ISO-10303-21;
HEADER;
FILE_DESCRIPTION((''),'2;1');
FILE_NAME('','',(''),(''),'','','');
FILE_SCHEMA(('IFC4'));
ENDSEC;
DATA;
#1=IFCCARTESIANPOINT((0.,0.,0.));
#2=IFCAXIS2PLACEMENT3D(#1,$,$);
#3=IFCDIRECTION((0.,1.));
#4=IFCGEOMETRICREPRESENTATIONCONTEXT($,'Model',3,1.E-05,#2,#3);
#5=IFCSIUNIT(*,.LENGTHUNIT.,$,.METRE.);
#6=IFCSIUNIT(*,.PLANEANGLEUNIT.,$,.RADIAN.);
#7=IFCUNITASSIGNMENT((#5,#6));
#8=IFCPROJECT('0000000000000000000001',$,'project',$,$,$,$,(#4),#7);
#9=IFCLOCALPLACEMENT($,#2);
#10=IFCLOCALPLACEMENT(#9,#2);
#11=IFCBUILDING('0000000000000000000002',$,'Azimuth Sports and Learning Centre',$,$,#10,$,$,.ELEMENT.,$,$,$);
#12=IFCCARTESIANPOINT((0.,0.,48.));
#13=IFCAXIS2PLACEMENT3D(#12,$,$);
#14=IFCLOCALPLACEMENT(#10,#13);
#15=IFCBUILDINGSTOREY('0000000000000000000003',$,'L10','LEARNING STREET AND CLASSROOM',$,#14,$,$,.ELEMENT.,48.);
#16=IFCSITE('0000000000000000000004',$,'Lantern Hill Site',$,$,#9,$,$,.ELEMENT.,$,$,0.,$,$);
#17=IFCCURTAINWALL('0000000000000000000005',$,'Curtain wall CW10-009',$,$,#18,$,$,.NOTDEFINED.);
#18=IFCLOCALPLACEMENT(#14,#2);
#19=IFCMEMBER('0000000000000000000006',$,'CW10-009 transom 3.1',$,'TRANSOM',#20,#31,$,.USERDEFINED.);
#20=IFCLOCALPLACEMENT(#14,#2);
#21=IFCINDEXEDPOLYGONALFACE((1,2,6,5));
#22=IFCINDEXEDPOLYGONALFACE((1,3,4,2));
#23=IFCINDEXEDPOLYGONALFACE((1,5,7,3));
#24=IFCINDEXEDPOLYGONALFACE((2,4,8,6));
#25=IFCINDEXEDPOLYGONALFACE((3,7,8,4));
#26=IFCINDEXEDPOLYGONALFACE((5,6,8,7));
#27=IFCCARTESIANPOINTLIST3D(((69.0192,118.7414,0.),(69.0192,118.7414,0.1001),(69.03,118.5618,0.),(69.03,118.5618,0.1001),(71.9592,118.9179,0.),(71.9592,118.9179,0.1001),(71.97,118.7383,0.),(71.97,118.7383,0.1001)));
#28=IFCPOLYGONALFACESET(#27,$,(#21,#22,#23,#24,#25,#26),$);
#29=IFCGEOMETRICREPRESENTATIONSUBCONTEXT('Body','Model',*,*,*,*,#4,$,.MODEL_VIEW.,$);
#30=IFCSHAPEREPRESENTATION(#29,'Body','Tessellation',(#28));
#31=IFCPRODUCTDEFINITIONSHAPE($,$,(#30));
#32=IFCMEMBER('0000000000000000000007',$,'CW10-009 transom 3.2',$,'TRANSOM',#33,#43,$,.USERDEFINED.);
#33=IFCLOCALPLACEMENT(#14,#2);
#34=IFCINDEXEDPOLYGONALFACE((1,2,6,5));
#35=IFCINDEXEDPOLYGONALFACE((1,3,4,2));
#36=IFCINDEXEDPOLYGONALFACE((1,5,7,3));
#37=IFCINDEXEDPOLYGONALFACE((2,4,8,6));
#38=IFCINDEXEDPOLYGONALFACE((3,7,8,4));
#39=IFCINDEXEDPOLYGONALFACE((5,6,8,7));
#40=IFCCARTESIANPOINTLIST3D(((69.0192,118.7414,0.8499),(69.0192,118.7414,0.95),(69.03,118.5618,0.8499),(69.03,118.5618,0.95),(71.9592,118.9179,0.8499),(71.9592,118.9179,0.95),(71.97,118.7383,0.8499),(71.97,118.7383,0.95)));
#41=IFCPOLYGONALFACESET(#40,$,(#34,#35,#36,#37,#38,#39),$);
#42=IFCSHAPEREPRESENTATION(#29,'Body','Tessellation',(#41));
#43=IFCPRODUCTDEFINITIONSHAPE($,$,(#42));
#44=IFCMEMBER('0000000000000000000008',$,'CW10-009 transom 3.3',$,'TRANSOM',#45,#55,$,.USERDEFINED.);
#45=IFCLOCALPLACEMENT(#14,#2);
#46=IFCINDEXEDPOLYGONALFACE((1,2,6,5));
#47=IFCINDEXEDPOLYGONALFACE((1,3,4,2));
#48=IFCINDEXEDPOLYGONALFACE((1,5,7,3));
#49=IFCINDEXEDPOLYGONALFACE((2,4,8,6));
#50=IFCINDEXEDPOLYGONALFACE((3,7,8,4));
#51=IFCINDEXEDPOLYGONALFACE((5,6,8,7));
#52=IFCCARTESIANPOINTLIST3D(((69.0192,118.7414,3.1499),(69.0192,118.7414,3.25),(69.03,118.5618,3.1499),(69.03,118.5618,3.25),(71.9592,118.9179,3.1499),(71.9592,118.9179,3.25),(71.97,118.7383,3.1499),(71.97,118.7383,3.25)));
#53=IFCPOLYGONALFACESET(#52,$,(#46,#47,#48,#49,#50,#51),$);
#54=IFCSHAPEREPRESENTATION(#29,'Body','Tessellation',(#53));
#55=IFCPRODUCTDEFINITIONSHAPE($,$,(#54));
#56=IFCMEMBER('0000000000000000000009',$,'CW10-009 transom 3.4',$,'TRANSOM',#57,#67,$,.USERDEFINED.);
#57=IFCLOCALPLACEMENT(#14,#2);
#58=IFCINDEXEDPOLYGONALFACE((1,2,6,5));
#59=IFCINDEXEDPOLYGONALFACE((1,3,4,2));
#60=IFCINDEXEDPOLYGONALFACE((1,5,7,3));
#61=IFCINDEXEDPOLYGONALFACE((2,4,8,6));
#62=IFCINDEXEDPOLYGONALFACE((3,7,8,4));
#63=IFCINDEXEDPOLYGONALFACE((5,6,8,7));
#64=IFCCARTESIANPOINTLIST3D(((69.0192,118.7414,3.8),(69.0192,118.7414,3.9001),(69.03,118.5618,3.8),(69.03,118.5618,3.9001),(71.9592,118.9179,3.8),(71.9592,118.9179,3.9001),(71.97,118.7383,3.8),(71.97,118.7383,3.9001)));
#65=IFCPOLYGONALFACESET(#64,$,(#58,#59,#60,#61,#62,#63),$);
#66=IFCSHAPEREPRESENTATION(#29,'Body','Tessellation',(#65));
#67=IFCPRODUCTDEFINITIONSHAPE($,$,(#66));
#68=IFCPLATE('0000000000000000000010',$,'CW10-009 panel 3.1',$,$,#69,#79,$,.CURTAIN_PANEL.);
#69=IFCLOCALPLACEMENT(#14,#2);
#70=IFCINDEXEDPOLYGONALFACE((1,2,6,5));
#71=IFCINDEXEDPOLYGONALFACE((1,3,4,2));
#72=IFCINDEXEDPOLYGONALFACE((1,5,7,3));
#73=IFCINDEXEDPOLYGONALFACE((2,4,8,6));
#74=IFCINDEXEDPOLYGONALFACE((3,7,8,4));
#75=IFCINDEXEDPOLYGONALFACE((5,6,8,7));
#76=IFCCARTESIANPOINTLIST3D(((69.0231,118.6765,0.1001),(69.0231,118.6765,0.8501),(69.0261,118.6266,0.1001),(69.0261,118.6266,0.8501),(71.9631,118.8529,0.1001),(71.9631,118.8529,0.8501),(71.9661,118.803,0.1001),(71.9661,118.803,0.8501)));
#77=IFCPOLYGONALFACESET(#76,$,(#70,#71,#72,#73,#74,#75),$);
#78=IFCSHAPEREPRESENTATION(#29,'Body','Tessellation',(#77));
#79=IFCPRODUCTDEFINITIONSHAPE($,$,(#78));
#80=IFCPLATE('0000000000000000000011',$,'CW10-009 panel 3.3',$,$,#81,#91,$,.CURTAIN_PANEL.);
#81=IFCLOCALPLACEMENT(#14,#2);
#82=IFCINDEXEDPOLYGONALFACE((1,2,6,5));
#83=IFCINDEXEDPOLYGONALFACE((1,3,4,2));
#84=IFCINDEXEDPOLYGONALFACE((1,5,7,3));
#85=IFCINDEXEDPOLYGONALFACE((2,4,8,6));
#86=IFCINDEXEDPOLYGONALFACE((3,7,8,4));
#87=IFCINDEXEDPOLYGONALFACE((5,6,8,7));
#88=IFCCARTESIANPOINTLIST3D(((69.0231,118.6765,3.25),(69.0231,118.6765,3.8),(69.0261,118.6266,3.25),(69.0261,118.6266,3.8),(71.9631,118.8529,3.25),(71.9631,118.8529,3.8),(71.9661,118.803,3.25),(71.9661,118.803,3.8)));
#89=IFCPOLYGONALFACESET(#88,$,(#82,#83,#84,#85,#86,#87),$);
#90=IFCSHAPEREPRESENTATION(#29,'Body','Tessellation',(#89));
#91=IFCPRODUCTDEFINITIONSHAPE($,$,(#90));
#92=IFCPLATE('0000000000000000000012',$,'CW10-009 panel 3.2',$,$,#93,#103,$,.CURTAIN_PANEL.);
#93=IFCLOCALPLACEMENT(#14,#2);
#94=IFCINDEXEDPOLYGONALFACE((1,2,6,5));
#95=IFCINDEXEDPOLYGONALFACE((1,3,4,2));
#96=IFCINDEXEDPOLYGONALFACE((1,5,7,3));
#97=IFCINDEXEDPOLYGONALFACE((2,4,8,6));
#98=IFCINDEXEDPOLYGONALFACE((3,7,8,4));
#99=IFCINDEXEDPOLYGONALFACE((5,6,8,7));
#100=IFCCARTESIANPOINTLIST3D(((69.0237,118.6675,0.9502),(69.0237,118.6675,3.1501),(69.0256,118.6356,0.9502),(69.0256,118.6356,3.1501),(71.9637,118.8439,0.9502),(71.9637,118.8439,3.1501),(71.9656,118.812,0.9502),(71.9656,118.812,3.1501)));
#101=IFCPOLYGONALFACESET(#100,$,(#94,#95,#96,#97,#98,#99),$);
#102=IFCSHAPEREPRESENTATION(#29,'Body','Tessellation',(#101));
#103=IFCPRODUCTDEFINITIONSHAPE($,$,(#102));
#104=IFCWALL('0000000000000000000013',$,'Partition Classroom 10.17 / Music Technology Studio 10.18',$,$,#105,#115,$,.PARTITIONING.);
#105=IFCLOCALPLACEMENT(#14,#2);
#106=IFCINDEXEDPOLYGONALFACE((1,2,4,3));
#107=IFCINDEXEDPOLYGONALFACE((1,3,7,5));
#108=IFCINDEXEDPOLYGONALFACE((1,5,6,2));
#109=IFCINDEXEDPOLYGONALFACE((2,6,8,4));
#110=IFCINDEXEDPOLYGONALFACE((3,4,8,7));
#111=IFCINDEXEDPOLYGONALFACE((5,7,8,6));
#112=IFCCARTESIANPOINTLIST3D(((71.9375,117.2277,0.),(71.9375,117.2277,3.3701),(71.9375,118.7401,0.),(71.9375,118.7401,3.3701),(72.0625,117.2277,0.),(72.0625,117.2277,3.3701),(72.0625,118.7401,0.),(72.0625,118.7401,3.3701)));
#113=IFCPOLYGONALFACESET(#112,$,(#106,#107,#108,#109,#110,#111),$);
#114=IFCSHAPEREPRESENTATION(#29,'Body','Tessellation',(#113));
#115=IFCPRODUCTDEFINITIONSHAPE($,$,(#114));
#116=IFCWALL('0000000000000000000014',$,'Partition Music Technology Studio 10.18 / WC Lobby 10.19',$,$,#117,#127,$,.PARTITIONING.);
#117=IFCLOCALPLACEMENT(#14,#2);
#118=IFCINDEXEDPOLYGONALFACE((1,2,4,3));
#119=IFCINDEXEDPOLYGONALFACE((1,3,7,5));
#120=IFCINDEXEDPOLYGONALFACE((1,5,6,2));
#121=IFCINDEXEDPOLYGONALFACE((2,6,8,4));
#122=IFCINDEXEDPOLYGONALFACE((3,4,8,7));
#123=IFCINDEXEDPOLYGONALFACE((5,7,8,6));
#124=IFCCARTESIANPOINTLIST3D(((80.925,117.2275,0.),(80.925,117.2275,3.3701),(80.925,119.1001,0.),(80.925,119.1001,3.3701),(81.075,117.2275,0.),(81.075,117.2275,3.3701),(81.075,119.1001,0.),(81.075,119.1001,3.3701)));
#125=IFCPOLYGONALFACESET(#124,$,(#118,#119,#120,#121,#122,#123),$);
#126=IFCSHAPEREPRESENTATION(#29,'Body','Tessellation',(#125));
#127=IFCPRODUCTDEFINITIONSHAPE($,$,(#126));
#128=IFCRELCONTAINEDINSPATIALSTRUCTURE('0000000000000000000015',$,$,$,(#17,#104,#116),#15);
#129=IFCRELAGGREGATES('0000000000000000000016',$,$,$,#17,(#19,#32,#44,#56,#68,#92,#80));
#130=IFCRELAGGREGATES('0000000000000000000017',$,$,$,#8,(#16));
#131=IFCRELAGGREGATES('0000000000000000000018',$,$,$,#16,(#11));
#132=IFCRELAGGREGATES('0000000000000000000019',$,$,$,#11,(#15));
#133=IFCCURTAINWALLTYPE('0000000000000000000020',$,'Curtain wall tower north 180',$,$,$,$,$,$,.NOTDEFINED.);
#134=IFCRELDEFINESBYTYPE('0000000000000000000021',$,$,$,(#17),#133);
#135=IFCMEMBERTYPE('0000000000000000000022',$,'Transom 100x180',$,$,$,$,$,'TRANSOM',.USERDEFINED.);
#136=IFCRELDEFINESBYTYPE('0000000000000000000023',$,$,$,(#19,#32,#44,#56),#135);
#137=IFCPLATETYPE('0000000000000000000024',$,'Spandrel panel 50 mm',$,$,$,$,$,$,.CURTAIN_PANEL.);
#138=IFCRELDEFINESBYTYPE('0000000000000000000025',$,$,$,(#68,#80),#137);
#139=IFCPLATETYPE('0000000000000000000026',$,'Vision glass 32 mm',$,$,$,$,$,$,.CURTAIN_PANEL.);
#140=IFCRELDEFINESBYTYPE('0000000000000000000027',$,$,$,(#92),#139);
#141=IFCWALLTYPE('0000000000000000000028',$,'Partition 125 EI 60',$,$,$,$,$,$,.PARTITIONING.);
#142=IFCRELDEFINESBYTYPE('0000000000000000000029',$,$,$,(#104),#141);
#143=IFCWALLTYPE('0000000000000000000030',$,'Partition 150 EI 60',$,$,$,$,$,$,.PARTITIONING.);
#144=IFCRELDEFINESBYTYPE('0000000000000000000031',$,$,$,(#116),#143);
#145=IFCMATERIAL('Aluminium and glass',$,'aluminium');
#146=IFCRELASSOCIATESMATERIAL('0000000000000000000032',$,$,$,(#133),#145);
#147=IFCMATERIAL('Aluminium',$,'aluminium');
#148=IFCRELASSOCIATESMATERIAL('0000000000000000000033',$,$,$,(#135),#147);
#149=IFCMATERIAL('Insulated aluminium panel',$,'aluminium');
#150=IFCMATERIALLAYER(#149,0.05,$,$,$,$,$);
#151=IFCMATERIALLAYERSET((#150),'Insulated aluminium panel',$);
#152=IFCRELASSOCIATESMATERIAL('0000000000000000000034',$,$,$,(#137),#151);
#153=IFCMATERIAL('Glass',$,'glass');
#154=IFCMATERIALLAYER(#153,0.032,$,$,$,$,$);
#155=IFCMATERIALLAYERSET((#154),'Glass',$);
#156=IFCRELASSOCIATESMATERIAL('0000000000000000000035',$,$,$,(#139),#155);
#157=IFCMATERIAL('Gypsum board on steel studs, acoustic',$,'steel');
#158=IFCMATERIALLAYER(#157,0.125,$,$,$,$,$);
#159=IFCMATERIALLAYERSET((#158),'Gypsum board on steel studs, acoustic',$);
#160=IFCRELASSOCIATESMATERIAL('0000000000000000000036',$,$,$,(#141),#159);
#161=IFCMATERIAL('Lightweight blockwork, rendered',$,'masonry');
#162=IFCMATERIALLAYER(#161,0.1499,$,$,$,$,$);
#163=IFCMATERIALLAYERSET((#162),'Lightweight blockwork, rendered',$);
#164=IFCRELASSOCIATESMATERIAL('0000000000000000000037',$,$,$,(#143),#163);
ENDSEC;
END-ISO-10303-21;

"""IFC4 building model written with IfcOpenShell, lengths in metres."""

from ifc_helpers import new_model, si_unit, direction, frame, frame_2d, origin, origin_2d, place, context, subcontext, project, spatial, rectangle, extrude, material, layer, layer_set, material_profile, profile_set, type_object, element, aggregate, save


model = new_model("IFC4")

# Units and contexts
model_context = context("Model", 3, precision=1e-05, world=origin(), true_north=direction((0.0, 1.0)))
body_context = subcontext(model_context, "Body", "Model", "MODEL_VIEW")
ifc_project = project(units=[si_unit("LENGTHUNIT", "METRE"), si_unit("PLANEANGLEUNIT", "RADIAN")], contexts=[model_context])

# Site, building, storey
site_placement = place(None, origin())
site = spatial("IfcSite", under=ifc_project, at=site_placement, Name="Lantern Hill Site", CompositionType="ELEMENT", RefElevation=0.0)
building_placement = place(site_placement, origin())
building = spatial("IfcBuilding", under=site, at=building_placement, Name="Azimuth Sports and Learning Centre", CompositionType="ELEMENT")
storey_placement = place(building_placement, frame((0.0, 0.0, 48.0)))
storey = spatial("IfcBuildingStorey", under=building, at=storey_placement, Name="L10", Description="LEARNING STREET AND CLASSROOM", CompositionType="ELEMENT", Elevation=48.0)

# Curtain wall, members, plates
ifc_material_1 = material(Name="Aluminium and glass", Category="aluminium")
curtain_wall_type = type_object("IfcCurtainWallType", Name="Curtain wall tower north 180", PredefinedType="NOTDEFINED", material=ifc_material_1)
curtain_wall_placement = place(storey_placement, origin())
curtain_wall = element("IfcCurtainWall", 1, at=curtain_wall_placement, inside=storey, type_object=curtain_wall_type, Name="Curtain wall CW10-009", PredefinedType="NOTDEFINED")
ifc_material_2 = material(Name="Aluminium", Category="aluminium")
ifc_material_profile_1 = material_profile(ifc_material_2, rectangle(XDim=0.1799, YDim=0.1001, at=origin_2d()), Name="Transom 100x180")
ifc_profile_set_1 = profile_set([ifc_material_profile_1], Name="Aluminium")
member_type = type_object("IfcMemberType", Name="Transom 100x180", ElementType="TRANSOM", PredefinedType="USERDEFINED", material=ifc_profile_set_1)
member_1_placement = place(storey_placement, frame((71.9646, 118.8281, 0.05), z_axis=(-0.998202, -0.059932, 0.0), x_axis=(0.059932, -0.998202, 0.0)))
member_1 = element("IfcMember", 2, at=member_1_placement, type_object=member_type, Name="CW10-009 transom 3.1", ObjectType="TRANSOM", PredefinedType="USERDEFINED", context=body_context, shape_type="SweptSolid", body=[
    extrude(rectangle(XDim=0.1799, YDim=0.1001, at=origin_2d()), origin(), (0.0, 0.0, 1.0), 2.9453),
])
member_2_placement = place(storey_placement, frame((71.9646, 118.8281, 0.8999), z_axis=(-0.998202, -0.059932, 0.0), x_axis=(0.059932, -0.998202, 0.0)))
member_2 = element("IfcMember", 3, at=member_2_placement, type_object=member_type, Name="CW10-009 transom 3.2", ObjectType="TRANSOM", PredefinedType="USERDEFINED", context=body_context, shape_type="SweptSolid", body=[
    extrude(rectangle(XDim=0.1799, YDim=0.1001, at=origin_2d()), origin(), (0.0, 0.0, 1.0), 2.9453),
])
member_3_placement = place(storey_placement, frame((71.9646, 118.8281, 3.2), z_axis=(-0.998202, -0.059932, 0.0), x_axis=(0.059932, -0.998202, 0.0)))
member_3 = element("IfcMember", 4, at=member_3_placement, type_object=member_type, Name="CW10-009 transom 3.3", ObjectType="TRANSOM", PredefinedType="USERDEFINED", context=body_context, shape_type="SweptSolid", body=[
    extrude(rectangle(XDim=0.1799, YDim=0.1001, at=origin_2d()), origin(), (0.0, 0.0, 1.0), 2.9453),
])
member_4_placement = place(storey_placement, frame((71.9646, 118.8281, 3.8501), z_axis=(-0.998202, -0.059932, 0.0), x_axis=(0.059932, -0.998202, 0.0)))
member_4 = element("IfcMember", 5, at=member_4_placement, type_object=member_type, Name="CW10-009 transom 3.4", ObjectType="TRANSOM", PredefinedType="USERDEFINED", context=body_context, shape_type="SweptSolid", body=[
    extrude(rectangle(XDim=0.1799, YDim=0.1001, at=origin_2d()), origin(), (0.0, 0.0, 1.0), 2.9453),
])
ifc_material_3 = material(Name="Insulated aluminium panel", Category="aluminium")
ifc_layer_1 = layer(ifc_material_3, 0.05)
ifc_layer_set_1 = layer_set([ifc_layer_1], Name="Insulated aluminium panel")
plate_type_1 = type_object("IfcPlateType", Name="Spandrel panel 50 mm", PredefinedType="CURTAIN_PANEL", material=ifc_layer_set_1)
plate_1_placement = place(storey_placement, frame((70.4946, 118.7397, 0.1001), z_axis=(0.0, 0.0, 1.0), x_axis=(-0.998205, -0.059892, 0.0)))
plate_1 = element("IfcPlate", 6, at=plate_1_placement, type_object=plate_type_1, Name="CW10-009 panel 3.1", PredefinedType="CURTAIN_PANEL", context=body_context, shape_type="SweptSolid", body=[
    extrude(rectangle(XDim=2.9453, YDim=0.05, at=origin_2d()), origin(), (0.0, 0.0, 1.0), 0.75),
])
plate_2_placement = place(storey_placement, frame((70.4946, 118.7397, 3.25), z_axis=(0.0, 0.0, 1.0), x_axis=(-0.998205, -0.059892, 0.0)))
plate_2 = element("IfcPlate", 7, at=plate_2_placement, type_object=plate_type_1, Name="CW10-009 panel 3.3", PredefinedType="CURTAIN_PANEL", context=body_context, shape_type="SweptSolid", body=[
    extrude(rectangle(XDim=2.9453, YDim=0.05, at=origin_2d()), origin(), (0.0, 0.0, 1.0), 0.55),
])
ifc_material_4 = material(Name="Glass", Category="glass")
ifc_layer_2 = layer(ifc_material_4, 0.032)
ifc_layer_set_2 = layer_set([ifc_layer_2], Name="Glass")
plate_type_2 = type_object("IfcPlateType", Name="Vision glass 32 mm", PredefinedType="CURTAIN_PANEL", material=ifc_layer_set_2)
plate_3_placement = place(storey_placement, frame((70.4946, 118.7397, 0.9502), z_axis=(0.0, 0.0, 1.0), x_axis=(-0.998205, -0.059892, 0.0)))
plate_3 = element("IfcPlate", 8, at=plate_3_placement, type_object=plate_type_2, Name="CW10-009 panel 3.2", PredefinedType="CURTAIN_PANEL", context=body_context, shape_type="SweptSolid", body=[
    extrude(rectangle(XDim=2.9453, YDim=0.032, at=origin_2d()), origin(), (0.0, 0.0, 1.0), 2.2),
])
aggregate(curtain_wall, [member_1, member_2, member_3, member_4, plate_1, plate_3, plate_2])

# Walls
ifc_material_5 = material(Name="Gypsum board on steel studs, acoustic", Category="steel")
ifc_layer_3 = layer(ifc_material_5, 0.125)
ifc_layer_set_3 = layer_set([ifc_layer_3], Name="Gypsum board on steel studs, acoustic")
wall_type_1 = type_object("IfcWallType", Name="Partition 125 EI 60", PredefinedType="PARTITIONING", material=ifc_layer_set_3)
wall_1_placement = place(storey_placement, frame((72.0, 117.2275, 0.0), z_axis=(0.0, 0.0, 1.0), x_axis=(0.0, 1.0, 0.0)))
element("IfcWall", 9, at=wall_1_placement, inside=storey, type_object=wall_type_1, Name="Partition Classroom 10.17 / Music Technology Studio 10.18", PredefinedType="PARTITIONING", context=body_context, shape_type="SweptSolid", body=[
    extrude(rectangle(XDim=1.5125, YDim=0.125, at=frame_2d((0.7563, 0.0))), origin(), (0.0, 0.0, 1.0), 3.3701),
])
ifc_material_6 = material(Name="Lightweight blockwork, rendered", Category="masonry")
ifc_layer_4 = layer(ifc_material_6, 0.1499)
ifc_layer_set_4 = layer_set([ifc_layer_4], Name="Lightweight blockwork, rendered")
wall_type_2 = type_object("IfcWallType", Name="Partition 150 EI 60", PredefinedType="PARTITIONING", material=ifc_layer_set_4)
wall_2_placement = place(storey_placement, frame((81.0, 117.2275, 0.0), z_axis=(0.0, 0.0, 1.0), x_axis=(0.0, 1.0, 0.0)))
element("IfcWall", 10, at=wall_2_placement, inside=storey, type_object=wall_type_2, Name="Partition Music Technology Studio 10.18 / WC Lobby 10.19", PredefinedType="PARTITIONING", context=body_context, shape_type="SweptSolid", body=[
    extrude(rectangle(XDim=1.8726, YDim=0.1499, at=frame_2d((0.9363, 0.0))), origin(), (0.0, 0.0, 1.0), 3.3701),
])

save(model, "model.ifc")
